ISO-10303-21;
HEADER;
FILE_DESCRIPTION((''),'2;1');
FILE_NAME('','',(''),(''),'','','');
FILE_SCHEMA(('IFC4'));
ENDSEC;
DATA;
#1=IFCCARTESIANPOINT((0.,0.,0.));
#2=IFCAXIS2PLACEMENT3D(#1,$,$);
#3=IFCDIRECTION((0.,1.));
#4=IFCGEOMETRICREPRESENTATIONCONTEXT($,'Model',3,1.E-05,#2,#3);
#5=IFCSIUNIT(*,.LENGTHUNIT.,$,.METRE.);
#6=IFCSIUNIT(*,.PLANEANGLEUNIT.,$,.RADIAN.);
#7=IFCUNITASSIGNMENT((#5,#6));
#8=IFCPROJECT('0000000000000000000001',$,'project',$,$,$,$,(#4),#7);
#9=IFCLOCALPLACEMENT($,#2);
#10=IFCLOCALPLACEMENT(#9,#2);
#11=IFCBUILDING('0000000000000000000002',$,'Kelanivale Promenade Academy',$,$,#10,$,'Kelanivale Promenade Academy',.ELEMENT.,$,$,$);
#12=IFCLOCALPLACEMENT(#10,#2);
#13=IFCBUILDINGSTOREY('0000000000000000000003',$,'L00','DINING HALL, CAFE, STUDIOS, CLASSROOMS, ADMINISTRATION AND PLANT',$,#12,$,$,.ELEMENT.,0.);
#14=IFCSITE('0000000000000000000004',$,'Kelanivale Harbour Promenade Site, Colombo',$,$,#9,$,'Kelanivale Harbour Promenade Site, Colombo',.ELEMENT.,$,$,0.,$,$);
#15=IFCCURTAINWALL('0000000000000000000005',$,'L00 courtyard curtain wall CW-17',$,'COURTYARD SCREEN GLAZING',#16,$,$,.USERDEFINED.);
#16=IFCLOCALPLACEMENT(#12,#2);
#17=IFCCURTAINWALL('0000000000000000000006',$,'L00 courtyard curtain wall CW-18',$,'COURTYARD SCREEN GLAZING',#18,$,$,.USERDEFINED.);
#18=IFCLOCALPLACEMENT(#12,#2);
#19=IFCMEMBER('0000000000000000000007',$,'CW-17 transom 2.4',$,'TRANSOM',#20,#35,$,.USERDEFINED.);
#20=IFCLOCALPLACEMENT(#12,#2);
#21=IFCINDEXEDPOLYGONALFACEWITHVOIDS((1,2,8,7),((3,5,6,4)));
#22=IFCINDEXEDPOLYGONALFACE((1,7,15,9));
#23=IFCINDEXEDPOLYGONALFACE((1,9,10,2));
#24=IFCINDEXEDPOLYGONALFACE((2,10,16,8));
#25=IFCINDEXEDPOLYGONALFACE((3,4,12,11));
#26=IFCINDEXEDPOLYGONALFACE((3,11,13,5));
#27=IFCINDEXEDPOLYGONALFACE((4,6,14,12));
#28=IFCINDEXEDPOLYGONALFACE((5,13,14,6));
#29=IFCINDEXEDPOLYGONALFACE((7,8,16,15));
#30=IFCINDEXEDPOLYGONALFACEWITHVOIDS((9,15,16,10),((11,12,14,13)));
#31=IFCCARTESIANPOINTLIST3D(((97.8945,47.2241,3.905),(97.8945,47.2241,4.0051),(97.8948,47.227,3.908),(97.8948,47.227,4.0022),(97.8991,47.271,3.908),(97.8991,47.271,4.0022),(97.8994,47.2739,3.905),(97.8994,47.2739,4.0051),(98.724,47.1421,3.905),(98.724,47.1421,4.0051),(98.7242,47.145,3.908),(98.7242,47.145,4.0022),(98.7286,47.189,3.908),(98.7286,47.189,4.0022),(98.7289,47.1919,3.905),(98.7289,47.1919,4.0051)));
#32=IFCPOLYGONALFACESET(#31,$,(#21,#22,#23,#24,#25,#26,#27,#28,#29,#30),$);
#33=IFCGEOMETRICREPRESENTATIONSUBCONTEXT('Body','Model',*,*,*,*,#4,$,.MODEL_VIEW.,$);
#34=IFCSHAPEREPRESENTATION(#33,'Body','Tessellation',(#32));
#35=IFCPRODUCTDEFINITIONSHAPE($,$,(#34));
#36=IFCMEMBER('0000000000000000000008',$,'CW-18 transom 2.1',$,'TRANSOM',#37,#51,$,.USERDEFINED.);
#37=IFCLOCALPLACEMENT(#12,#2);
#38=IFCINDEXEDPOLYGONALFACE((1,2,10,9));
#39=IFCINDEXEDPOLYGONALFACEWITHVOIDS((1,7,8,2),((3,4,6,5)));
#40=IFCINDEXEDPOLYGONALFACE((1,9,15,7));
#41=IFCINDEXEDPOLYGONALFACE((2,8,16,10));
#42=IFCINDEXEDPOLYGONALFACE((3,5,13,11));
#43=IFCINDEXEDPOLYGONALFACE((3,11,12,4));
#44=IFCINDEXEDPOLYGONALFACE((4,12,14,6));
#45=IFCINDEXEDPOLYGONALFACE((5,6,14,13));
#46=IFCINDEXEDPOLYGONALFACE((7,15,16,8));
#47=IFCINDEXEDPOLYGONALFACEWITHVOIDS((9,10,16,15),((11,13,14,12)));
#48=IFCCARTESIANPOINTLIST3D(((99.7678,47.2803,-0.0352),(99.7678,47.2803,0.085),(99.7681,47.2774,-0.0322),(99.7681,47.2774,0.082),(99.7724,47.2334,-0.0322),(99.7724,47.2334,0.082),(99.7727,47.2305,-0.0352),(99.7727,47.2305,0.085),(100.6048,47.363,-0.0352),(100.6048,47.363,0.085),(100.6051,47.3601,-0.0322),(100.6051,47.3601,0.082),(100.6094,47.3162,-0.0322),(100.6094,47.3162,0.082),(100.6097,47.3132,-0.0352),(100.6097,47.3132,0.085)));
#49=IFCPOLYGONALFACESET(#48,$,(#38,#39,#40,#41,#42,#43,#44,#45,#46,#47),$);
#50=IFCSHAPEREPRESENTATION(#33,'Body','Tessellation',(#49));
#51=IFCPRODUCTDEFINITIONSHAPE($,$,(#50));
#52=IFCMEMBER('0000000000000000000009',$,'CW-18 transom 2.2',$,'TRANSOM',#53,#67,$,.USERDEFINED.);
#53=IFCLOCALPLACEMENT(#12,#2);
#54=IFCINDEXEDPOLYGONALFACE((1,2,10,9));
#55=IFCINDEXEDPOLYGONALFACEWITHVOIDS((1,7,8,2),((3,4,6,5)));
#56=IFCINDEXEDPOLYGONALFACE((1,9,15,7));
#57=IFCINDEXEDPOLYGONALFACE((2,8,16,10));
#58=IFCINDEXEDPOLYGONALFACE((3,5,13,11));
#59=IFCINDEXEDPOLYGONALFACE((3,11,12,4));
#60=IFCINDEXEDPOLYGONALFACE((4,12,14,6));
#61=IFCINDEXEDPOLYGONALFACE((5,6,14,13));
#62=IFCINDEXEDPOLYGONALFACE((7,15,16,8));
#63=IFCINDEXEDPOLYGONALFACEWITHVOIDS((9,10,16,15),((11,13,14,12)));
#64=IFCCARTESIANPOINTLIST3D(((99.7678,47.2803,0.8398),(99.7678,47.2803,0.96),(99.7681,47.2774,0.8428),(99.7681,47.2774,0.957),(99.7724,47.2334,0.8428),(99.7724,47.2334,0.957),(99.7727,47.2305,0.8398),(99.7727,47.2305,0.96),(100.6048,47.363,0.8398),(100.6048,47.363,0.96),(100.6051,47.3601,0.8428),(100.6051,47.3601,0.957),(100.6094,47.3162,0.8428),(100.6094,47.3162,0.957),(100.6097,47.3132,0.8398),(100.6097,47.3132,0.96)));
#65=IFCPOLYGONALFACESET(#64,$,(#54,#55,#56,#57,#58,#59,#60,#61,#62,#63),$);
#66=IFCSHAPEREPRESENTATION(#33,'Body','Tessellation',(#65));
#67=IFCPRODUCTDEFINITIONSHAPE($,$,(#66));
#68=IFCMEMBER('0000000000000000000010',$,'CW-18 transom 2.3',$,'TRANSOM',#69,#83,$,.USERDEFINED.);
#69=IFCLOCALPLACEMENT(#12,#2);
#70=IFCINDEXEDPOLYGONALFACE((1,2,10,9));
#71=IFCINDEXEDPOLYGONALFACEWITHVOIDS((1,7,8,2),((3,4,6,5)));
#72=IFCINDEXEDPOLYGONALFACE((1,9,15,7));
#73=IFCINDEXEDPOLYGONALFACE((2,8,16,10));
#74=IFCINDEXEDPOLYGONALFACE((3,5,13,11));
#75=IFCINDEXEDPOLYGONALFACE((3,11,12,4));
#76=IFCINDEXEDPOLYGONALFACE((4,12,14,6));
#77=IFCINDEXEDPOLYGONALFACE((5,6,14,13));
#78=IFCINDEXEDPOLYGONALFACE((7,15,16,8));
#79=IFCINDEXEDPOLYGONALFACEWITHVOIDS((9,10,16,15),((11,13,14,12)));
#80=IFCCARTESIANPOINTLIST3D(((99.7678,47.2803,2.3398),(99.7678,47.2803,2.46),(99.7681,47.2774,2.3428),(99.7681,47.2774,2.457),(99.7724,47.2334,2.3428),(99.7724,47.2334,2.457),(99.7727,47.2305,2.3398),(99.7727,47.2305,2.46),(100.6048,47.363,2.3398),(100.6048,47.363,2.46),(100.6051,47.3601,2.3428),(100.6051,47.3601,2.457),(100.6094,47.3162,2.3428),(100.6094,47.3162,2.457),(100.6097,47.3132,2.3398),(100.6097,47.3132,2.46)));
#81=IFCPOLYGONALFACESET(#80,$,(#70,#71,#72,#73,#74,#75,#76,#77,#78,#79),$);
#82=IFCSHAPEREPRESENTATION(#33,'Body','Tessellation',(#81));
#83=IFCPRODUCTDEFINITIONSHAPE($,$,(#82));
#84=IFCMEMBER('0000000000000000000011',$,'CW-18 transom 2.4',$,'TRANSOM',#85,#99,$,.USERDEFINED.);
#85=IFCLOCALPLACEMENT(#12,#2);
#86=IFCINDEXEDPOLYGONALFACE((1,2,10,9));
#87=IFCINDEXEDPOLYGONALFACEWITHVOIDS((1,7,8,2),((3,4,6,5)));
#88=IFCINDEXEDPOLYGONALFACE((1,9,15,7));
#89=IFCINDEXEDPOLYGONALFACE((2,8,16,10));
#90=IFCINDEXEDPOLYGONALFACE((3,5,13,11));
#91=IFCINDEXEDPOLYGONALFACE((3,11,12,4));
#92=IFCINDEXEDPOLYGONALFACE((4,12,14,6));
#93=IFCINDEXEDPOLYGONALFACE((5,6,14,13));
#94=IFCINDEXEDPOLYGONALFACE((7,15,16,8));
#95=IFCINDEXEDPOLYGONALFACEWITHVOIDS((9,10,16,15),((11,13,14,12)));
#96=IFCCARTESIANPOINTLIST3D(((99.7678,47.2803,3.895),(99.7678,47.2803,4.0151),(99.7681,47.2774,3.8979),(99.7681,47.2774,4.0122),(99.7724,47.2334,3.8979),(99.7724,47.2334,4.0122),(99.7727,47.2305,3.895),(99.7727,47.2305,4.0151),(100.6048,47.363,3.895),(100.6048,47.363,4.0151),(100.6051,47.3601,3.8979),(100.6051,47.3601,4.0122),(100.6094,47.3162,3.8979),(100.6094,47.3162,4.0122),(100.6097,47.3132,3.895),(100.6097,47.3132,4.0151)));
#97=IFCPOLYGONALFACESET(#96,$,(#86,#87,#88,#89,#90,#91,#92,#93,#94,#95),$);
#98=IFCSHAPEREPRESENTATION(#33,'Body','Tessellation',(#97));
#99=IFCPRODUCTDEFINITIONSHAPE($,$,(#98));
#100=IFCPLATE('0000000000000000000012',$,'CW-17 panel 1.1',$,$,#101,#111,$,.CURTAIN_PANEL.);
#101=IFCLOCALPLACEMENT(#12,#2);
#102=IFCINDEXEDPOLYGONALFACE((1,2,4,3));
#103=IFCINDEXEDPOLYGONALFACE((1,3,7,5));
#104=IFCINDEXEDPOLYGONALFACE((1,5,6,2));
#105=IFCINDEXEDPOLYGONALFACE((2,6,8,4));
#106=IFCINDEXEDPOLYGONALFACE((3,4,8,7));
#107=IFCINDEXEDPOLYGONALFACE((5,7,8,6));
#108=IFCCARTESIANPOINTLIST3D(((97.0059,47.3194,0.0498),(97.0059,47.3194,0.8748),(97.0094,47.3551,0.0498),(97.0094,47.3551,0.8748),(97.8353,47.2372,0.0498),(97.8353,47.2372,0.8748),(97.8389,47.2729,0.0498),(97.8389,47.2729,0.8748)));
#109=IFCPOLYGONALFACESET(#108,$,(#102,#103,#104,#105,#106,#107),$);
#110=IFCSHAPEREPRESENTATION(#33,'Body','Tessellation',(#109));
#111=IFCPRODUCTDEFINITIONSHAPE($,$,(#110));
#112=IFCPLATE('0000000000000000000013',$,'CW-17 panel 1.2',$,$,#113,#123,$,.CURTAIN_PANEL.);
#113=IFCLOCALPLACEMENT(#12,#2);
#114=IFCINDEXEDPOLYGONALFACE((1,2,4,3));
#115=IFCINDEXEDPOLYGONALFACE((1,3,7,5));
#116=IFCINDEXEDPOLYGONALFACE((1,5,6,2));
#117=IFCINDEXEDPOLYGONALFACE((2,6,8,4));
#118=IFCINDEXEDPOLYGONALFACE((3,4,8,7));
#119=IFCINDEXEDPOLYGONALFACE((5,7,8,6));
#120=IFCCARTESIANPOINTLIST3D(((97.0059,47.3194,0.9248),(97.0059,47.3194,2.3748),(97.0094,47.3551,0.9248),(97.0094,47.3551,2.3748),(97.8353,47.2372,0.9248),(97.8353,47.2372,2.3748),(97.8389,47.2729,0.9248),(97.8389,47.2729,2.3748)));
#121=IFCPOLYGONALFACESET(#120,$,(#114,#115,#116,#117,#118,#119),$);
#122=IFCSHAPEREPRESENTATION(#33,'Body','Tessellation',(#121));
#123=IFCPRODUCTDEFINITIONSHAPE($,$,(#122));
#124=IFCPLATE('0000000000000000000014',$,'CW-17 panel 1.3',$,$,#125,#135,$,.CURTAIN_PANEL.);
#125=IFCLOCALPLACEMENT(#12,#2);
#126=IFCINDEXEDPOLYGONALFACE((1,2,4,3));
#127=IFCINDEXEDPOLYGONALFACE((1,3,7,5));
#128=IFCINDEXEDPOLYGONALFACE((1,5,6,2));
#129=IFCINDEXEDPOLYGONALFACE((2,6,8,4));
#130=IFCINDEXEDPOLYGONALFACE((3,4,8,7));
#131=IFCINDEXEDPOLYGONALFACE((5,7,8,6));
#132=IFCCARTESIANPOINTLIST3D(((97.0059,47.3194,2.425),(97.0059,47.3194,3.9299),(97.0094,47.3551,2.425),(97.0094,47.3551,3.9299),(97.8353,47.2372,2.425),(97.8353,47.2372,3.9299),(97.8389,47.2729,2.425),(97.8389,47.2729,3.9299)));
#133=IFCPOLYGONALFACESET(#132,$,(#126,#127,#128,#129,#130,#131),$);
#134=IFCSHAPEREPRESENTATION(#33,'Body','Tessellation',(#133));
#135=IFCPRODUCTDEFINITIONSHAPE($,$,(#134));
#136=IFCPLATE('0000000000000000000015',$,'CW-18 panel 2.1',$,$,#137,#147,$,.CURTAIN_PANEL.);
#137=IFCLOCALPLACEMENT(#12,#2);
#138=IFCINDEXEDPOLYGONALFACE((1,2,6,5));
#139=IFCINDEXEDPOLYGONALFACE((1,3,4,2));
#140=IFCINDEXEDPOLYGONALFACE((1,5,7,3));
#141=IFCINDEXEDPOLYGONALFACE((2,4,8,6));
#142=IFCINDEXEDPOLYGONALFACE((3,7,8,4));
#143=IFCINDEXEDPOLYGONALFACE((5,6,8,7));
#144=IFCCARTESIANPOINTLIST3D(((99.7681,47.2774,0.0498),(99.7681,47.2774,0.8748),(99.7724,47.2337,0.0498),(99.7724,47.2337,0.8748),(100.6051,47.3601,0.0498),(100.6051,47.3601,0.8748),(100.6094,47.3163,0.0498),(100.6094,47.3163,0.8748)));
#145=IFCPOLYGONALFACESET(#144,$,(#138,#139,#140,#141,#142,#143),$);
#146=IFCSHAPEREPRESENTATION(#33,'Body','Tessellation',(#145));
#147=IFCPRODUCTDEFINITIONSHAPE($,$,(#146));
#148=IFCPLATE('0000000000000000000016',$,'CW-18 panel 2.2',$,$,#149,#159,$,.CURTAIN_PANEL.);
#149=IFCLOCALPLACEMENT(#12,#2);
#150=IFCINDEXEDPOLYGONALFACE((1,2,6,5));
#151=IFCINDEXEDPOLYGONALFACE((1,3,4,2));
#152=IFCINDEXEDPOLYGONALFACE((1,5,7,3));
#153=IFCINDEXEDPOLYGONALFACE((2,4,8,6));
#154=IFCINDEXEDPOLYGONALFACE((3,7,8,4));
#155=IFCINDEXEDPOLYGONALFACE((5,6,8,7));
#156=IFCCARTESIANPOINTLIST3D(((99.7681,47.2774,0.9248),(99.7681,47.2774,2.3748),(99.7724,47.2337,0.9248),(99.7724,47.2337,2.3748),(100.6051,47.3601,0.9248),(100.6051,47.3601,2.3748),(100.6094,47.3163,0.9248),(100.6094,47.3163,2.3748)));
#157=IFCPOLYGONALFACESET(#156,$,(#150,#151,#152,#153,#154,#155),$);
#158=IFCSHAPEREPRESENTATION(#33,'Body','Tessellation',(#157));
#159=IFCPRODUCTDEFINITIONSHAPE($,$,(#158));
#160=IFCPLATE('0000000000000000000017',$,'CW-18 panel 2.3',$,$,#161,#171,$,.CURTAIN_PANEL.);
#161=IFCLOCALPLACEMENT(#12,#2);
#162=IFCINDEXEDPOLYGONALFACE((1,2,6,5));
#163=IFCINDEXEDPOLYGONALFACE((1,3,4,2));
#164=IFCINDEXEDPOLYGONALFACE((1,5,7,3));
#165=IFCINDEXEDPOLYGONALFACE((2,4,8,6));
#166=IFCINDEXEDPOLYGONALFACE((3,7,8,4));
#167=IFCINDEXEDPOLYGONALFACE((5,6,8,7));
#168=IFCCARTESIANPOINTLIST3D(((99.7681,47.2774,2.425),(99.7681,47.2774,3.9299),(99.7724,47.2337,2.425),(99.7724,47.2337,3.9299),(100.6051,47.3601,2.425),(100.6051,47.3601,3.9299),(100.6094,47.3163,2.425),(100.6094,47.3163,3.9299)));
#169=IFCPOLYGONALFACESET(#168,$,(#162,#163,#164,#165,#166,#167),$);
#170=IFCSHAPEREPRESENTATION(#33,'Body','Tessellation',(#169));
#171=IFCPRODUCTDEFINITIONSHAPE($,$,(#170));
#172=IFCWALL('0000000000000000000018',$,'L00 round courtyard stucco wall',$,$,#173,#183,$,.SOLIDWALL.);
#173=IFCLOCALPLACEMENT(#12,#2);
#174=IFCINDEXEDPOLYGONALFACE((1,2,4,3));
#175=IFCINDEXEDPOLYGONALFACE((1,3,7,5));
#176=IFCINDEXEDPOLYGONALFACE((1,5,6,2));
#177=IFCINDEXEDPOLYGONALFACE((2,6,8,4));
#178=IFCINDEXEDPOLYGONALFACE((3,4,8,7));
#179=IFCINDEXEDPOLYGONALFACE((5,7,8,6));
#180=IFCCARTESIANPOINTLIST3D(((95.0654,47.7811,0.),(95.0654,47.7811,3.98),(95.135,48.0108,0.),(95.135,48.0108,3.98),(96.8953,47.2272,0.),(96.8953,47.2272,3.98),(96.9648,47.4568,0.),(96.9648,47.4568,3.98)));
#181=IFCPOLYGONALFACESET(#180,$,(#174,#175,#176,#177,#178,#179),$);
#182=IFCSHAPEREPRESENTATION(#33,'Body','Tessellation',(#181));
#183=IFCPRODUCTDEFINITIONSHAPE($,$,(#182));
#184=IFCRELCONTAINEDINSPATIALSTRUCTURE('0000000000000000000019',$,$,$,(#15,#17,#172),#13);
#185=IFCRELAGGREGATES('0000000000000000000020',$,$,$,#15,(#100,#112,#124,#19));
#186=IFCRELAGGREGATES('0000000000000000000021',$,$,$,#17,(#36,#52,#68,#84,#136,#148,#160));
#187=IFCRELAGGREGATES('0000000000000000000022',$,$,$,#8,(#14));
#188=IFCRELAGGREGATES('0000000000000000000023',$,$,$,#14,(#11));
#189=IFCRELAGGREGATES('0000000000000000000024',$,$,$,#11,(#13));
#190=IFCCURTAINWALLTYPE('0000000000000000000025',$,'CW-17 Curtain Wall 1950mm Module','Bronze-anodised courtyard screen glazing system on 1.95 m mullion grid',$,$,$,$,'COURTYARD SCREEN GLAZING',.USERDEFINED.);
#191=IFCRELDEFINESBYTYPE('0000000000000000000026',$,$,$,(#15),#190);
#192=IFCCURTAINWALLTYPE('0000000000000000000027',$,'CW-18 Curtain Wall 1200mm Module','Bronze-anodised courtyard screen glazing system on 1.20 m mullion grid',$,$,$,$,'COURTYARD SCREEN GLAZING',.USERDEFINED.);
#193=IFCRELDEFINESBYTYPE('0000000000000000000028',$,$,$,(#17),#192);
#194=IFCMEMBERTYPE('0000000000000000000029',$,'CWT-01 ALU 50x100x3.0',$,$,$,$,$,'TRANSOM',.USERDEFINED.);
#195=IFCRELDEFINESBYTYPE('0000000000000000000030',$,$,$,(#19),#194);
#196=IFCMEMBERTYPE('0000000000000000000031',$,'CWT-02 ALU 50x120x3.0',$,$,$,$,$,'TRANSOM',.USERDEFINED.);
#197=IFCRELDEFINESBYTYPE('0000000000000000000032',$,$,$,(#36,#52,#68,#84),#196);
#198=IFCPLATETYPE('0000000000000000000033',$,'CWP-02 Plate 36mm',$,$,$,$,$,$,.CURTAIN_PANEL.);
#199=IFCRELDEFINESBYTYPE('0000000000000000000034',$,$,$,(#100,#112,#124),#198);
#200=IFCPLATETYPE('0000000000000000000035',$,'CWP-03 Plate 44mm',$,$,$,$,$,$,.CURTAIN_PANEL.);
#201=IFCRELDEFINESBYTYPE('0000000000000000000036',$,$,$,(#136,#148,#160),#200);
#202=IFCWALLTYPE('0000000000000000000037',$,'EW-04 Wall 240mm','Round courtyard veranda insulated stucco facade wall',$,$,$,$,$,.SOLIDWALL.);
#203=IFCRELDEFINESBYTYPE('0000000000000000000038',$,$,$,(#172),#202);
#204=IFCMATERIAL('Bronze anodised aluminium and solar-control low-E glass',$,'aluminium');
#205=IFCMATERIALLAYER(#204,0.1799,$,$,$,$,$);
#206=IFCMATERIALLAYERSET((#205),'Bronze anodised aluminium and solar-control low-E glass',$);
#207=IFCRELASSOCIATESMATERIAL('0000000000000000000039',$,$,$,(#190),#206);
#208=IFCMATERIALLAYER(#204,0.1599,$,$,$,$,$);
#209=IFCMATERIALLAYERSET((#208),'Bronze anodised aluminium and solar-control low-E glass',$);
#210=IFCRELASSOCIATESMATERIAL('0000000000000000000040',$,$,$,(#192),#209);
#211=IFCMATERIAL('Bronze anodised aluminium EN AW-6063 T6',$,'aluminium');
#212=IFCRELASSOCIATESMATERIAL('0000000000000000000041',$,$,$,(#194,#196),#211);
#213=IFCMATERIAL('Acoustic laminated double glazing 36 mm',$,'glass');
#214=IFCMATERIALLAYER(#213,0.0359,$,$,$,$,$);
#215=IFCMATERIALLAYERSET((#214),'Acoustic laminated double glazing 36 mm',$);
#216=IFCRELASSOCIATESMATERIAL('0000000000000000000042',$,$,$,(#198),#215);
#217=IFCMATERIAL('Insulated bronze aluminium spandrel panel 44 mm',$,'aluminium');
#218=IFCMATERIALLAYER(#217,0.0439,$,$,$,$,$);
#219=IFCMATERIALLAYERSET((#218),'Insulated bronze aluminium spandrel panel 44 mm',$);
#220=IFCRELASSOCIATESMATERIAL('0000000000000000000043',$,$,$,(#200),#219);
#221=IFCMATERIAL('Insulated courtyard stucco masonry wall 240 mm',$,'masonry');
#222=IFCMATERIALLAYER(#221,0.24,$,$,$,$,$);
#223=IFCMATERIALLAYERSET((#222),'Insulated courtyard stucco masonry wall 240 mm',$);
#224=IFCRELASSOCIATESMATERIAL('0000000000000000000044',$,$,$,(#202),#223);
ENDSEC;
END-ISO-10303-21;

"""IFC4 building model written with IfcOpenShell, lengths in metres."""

from ifc_helpers import new_model, si_unit, direction, frame, frame_2d, origin, origin_2d, place, context, subcontext, project, spatial, rectangle, hollow_rectangle, extrude, material, layer, layer_set, material_profile, profile_set, type_object, element, aggregate, save


model = new_model("IFC4")

# Units and contexts
model_context = context("Model", 3, precision=1e-05, world=origin(), true_north=direction((0.0, 1.0)))
body_context = subcontext(model_context, "Body", "Model", "MODEL_VIEW")
ifc_project = project(units=[si_unit("LENGTHUNIT", "METRE"), si_unit("PLANEANGLEUNIT", "RADIAN")], contexts=[model_context])

# Site, building, storey
site_placement = place(None, origin())
site = spatial("IfcSite", under=ifc_project, at=site_placement, Name="Kelanivale Harbour Promenade Site, Colombo", LongName="Kelanivale Harbour Promenade Site, Colombo", CompositionType="ELEMENT", RefElevation=0.0)
building_placement = place(site_placement, origin())
building = spatial("IfcBuilding", under=site, at=building_placement, Name="Kelanivale Promenade Academy", LongName="Kelanivale Promenade Academy", CompositionType="ELEMENT")
storey_placement = place(building_placement, origin())
storey = spatial("IfcBuildingStorey", under=building, at=storey_placement, Name="L00", Description="DINING HALL, CAFE, STUDIOS, CLASSROOMS, ADMINISTRATION AND PLANT", CompositionType="ELEMENT", Elevation=0.0)

# Curtain walls
ifc_material_1 = material(Name="Bronze anodised aluminium and solar-control low-E glass", Category="aluminium")
ifc_layer_1 = layer(ifc_material_1, 0.1799)
ifc_layer_set_1 = layer_set([ifc_layer_1], Name="Bronze anodised aluminium and solar-control low-E glass")
curtain_wall_type_1 = type_object("IfcCurtainWallType", Name="CW-17 Curtain Wall 1950mm Module", Description="Bronze-anodised courtyard screen glazing system on 1.95 m mullion grid", ElementType="COURTYARD SCREEN GLAZING", PredefinedType="USERDEFINED", material=ifc_layer_set_1)
curtain_wall_1_placement = place(storey_placement, origin())
curtain_wall_1 = element("IfcCurtainWall", 1, at=curtain_wall_1_placement, inside=storey, type_object=curtain_wall_type_1, Name="L00 courtyard curtain wall CW-17", ObjectType="COURTYARD SCREEN GLAZING", PredefinedType="USERDEFINED")
ifc_material_2 = material(Name="Bronze anodised aluminium EN AW-6063 T6", Category="aluminium")
ifc_layer_2 = layer(ifc_material_1, 0.1599)
ifc_layer_set_2 = layer_set([ifc_layer_2], Name="Bronze anodised aluminium and solar-control low-E glass")
curtain_wall_type_2 = type_object("IfcCurtainWallType", Name="CW-18 Curtain Wall 1200mm Module", Description="Bronze-anodised courtyard screen glazing system on 1.20 m mullion grid", ElementType="COURTYARD SCREEN GLAZING", PredefinedType="USERDEFINED", material=ifc_layer_set_2)
curtain_wall_2_placement = place(storey_placement, origin())
curtain_wall_2 = element("IfcCurtainWall", 2, at=curtain_wall_2_placement, inside=storey, type_object=curtain_wall_type_2, Name="L00 courtyard curtain wall CW-18", ObjectType="COURTYARD SCREEN GLAZING", PredefinedType="USERDEFINED")

# Members
ifc_material_profile_1 = material_profile(ifc_material_2, hollow_rectangle(XDim=0.05, YDim=0.1001, WallThickness=0.0029, at=origin_2d()), Name="ALU 50x100x3.0")
ifc_profile_set_1 = profile_set([ifc_material_profile_1], Name="Bronze anodised aluminium EN AW-6063 T6")
member_type_1 = type_object("IfcMemberType", Name="CWT-01 ALU 50x100x3.0", ElementType="TRANSOM", PredefinedType="USERDEFINED", material=ifc_profile_set_1)
member_1_placement = place(storey_placement, frame((97.897, 47.249, 3.9551), z_axis=(0.995144, -0.09843, 0.0), x_axis=(0.09843, 0.995144, 0.0)))
member_1 = element("IfcMember", 3, at=member_1_placement, type_object=member_type_1, Name="CW-17 transom 2.4", ObjectType="TRANSOM", PredefinedType="USERDEFINED", context=body_context, shape_type="SweptSolid", body=[
    extrude(hollow_rectangle(XDim=0.05, YDim=0.1001, WallThickness=0.0029, at=origin_2d()), origin(), (0.0, 0.0, 1.0), 0.8335),
])
ifc_material_profile_2 = material_profile(ifc_material_2, hollow_rectangle(XDim=0.05, YDim=0.1201, WallThickness=0.0029, at=origin_2d()), Name="ALU 50x120x3.0")
ifc_profile_set_2 = profile_set([ifc_material_profile_2], Name="Bronze anodised aluminium EN AW-6063 T6")
member_type_2 = type_object("IfcMemberType", Name="CWT-02 ALU 50x120x3.0", ElementType="TRANSOM", PredefinedType="USERDEFINED", material=ifc_profile_set_2)
member_2_placement = place(storey_placement, frame((99.7703, 47.2554, 0.0249), z_axis=(0.995146, 0.098411, 0.0), x_axis=(-0.098411, 0.995146, 0.0)))
member_2 = element("IfcMember", 4, at=member_2_placement, type_object=member_type_2, Name="CW-18 transom 2.1", ObjectType="TRANSOM", PredefinedType="USERDEFINED", context=body_context, shape_type="SweptSolid", body=[
    extrude(hollow_rectangle(XDim=0.05, YDim=0.1201, WallThickness=0.0029, at=origin_2d()), origin(), (0.0, 0.0, 1.0), 0.8411),
])
member_3_placement = place(storey_placement, frame((99.7703, 47.2554, 0.8999), z_axis=(0.995146, 0.098411, 0.0), x_axis=(-0.098411, 0.995146, 0.0)))
member_3 = element("IfcMember", 5, at=member_3_placement, type_object=member_type_2, Name="CW-18 transom 2.2", ObjectType="TRANSOM", PredefinedType="USERDEFINED", context=body_context, shape_type="SweptSolid", body=[
    extrude(hollow_rectangle(XDim=0.05, YDim=0.1201, WallThickness=0.0029, at=origin_2d()), origin(), (0.0, 0.0, 1.0), 0.8411),
])
member_4_placement = place(storey_placement, frame((99.7703, 47.2554, 2.3999), z_axis=(0.995146, 0.098411, 0.0), x_axis=(-0.098411, 0.995146, 0.0)))
member_4 = element("IfcMember", 6, at=member_4_placement, type_object=member_type_2, Name="CW-18 transom 2.3", ObjectType="TRANSOM", PredefinedType="USERDEFINED", context=body_context, shape_type="SweptSolid", body=[
    extrude(hollow_rectangle(XDim=0.05, YDim=0.1201, WallThickness=0.0029, at=origin_2d()), origin(), (0.0, 0.0, 1.0), 0.8411),
])
member_5_placement = place(storey_placement, frame((99.7703, 47.2554, 3.9551), z_axis=(0.995146, 0.098411, 0.0), x_axis=(-0.098411, 0.995146, 0.0)))
member_5 = element("IfcMember", 7, at=member_5_placement, type_object=member_type_2, Name="CW-18 transom 2.4", ObjectType="TRANSOM", PredefinedType="USERDEFINED", context=body_context, shape_type="SweptSolid", body=[
    extrude(hollow_rectangle(XDim=0.05, YDim=0.1201, WallThickness=0.0029, at=origin_2d()), origin(), (0.0, 0.0, 1.0), 0.8411),
])

# Plates
ifc_material_3 = material(Name="Acoustic laminated double glazing 36 mm", Category="glass")
ifc_layer_3 = layer(ifc_material_3, 0.0359)
ifc_layer_set_3 = layer_set([ifc_layer_3], Name="Acoustic laminated double glazing 36 mm")
plate_type_1 = type_object("IfcPlateType", Name="CWP-02 Plate 36mm", PredefinedType="CURTAIN_PANEL", material=ifc_layer_set_3)
plate_1_placement = place(storey_placement, frame((97.4224, 47.2961, 0.0498), z_axis=(0.0, 0.0, 1.0), x_axis=(0.995133, -0.098539, 0.0)))
plate_1 = element("IfcPlate", 8, at=plate_1_placement, type_object=plate_type_1, Name="CW-17 panel 1.1", PredefinedType="CURTAIN_PANEL", context=body_context, shape_type="SweptSolid", body=[
    extrude(rectangle(XDim=0.8335, YDim=0.0359, at=origin_2d()), origin(), (0.0, 0.0, 1.0), 0.825),
])
plate_2_placement = place(storey_placement, frame((97.4224, 47.2961, 0.9248), z_axis=(0.0, 0.0, 1.0), x_axis=(0.995133, -0.098539, 0.0)))
plate_2 = element("IfcPlate", 9, at=plate_2_placement, type_object=plate_type_1, Name="CW-17 panel 1.2", PredefinedType="CURTAIN_PANEL", context=body_context, shape_type="SweptSolid", body=[
    extrude(rectangle(XDim=0.8335, YDim=0.0359, at=origin_2d()), origin(), (0.0, 0.0, 1.0), 1.45),
])
plate_3_placement = place(storey_placement, frame((97.4224, 47.2961, 2.425), z_axis=(0.0, 0.0, 1.0), x_axis=(0.995133, -0.098539, 0.0)))
plate_3 = element("IfcPlate", 10, at=plate_3_placement, type_object=plate_type_1, Name="CW-17 panel 1.3", PredefinedType="CURTAIN_PANEL", context=body_context, shape_type="SweptSolid", body=[
    extrude(rectangle(XDim=0.8335, YDim=0.0359, at=origin_2d()), origin(), (0.0, 0.0, 1.0), 1.5049),
])
aggregate(curtain_wall_1, [plate_1, plate_2, plate_3, member_1])
ifc_material_4 = material(Name="Insulated bronze aluminium spandrel panel 44 mm", Category="aluminium")
ifc_layer_4 = layer(ifc_material_4, 0.0439)
ifc_layer_set_4 = layer_set([ifc_layer_4], Name="Insulated bronze aluminium spandrel panel 44 mm")
plate_type_2 = type_object("IfcPlateType", Name="CWP-03 Plate 44mm", PredefinedType="CURTAIN_PANEL", material=ifc_layer_set_4)
plate_4_placement = place(storey_placement, frame((100.1887, 47.2969, 0.0498), z_axis=(0.0, 0.0, 1.0), x_axis=(0.995159, 0.098281, 0.0)))
plate_4 = element("IfcPlate", 11, at=plate_4_placement, type_object=plate_type_2, Name="CW-18 panel 2.1", PredefinedType="CURTAIN_PANEL", context=body_context, shape_type="SweptSolid", body=[
    extrude(rectangle(XDim=0.8411, YDim=0.0439, at=origin_2d()), origin(), (0.0, 0.0, 1.0), 0.825),
])
plate_5_placement = place(storey_placement, frame((100.1887, 47.2969, 0.9248), z_axis=(0.0, 0.0, 1.0), x_axis=(0.995159, 0.098281, 0.0)))
plate_5 = element("IfcPlate", 12, at=plate_5_placement, type_object=plate_type_2, Name="CW-18 panel 2.2", PredefinedType="CURTAIN_PANEL", context=body_context, shape_type="SweptSolid", body=[
    extrude(rectangle(XDim=0.8411, YDim=0.0439, at=origin_2d()), origin(), (0.0, 0.0, 1.0), 1.45),
])
plate_6_placement = place(storey_placement, frame((100.1887, 47.2969, 2.425), z_axis=(0.0, 0.0, 1.0), x_axis=(0.995159, 0.098281, 0.0)))
plate_6 = element("IfcPlate", 13, at=plate_6_placement, type_object=plate_type_2, Name="CW-18 panel 2.3", PredefinedType="CURTAIN_PANEL", context=body_context, shape_type="SweptSolid", body=[
    extrude(rectangle(XDim=0.8411, YDim=0.0439, at=origin_2d()), origin(), (0.0, 0.0, 1.0), 1.5049),
])
aggregate(curtain_wall_2, [member_2, member_3, member_4, member_5, plate_4, plate_5, plate_6])

# Wall
ifc_material_5 = material(Name="Insulated courtyard stucco masonry wall 240 mm", Category="masonry")
ifc_layer_5 = layer(ifc_material_5, 0.24)
ifc_layer_set_5 = layer_set([ifc_layer_5], Name="Insulated courtyard stucco masonry wall 240 mm")
wall_type_1 = type_object("IfcWallType", Name="EW-04 Wall 240mm", Description="Round courtyard veranda insulated stucco facade wall", PredefinedType="SOLIDWALL", material=ifc_layer_set_5)
wall_placement = place(storey_placement, frame((95.1001, 47.896, 0.0), z_axis=(0.0, 0.0, 1.0), x_axis=(0.957103, -0.289749, 0.0)))
element("IfcWall", 14, at=wall_placement, inside=storey, type_object=wall_type_1, Name="L00 round courtyard stucco wall", PredefinedType="SOLIDWALL", context=body_context, shape_type="SweptSolid", body=[
    extrude(rectangle(XDim=1.9119, YDim=0.24, at=frame_2d((0.9561, 0.0))), origin(), (0.0, 0.0, 1.0), 3.98),
])

save(model, "model.ifc")
